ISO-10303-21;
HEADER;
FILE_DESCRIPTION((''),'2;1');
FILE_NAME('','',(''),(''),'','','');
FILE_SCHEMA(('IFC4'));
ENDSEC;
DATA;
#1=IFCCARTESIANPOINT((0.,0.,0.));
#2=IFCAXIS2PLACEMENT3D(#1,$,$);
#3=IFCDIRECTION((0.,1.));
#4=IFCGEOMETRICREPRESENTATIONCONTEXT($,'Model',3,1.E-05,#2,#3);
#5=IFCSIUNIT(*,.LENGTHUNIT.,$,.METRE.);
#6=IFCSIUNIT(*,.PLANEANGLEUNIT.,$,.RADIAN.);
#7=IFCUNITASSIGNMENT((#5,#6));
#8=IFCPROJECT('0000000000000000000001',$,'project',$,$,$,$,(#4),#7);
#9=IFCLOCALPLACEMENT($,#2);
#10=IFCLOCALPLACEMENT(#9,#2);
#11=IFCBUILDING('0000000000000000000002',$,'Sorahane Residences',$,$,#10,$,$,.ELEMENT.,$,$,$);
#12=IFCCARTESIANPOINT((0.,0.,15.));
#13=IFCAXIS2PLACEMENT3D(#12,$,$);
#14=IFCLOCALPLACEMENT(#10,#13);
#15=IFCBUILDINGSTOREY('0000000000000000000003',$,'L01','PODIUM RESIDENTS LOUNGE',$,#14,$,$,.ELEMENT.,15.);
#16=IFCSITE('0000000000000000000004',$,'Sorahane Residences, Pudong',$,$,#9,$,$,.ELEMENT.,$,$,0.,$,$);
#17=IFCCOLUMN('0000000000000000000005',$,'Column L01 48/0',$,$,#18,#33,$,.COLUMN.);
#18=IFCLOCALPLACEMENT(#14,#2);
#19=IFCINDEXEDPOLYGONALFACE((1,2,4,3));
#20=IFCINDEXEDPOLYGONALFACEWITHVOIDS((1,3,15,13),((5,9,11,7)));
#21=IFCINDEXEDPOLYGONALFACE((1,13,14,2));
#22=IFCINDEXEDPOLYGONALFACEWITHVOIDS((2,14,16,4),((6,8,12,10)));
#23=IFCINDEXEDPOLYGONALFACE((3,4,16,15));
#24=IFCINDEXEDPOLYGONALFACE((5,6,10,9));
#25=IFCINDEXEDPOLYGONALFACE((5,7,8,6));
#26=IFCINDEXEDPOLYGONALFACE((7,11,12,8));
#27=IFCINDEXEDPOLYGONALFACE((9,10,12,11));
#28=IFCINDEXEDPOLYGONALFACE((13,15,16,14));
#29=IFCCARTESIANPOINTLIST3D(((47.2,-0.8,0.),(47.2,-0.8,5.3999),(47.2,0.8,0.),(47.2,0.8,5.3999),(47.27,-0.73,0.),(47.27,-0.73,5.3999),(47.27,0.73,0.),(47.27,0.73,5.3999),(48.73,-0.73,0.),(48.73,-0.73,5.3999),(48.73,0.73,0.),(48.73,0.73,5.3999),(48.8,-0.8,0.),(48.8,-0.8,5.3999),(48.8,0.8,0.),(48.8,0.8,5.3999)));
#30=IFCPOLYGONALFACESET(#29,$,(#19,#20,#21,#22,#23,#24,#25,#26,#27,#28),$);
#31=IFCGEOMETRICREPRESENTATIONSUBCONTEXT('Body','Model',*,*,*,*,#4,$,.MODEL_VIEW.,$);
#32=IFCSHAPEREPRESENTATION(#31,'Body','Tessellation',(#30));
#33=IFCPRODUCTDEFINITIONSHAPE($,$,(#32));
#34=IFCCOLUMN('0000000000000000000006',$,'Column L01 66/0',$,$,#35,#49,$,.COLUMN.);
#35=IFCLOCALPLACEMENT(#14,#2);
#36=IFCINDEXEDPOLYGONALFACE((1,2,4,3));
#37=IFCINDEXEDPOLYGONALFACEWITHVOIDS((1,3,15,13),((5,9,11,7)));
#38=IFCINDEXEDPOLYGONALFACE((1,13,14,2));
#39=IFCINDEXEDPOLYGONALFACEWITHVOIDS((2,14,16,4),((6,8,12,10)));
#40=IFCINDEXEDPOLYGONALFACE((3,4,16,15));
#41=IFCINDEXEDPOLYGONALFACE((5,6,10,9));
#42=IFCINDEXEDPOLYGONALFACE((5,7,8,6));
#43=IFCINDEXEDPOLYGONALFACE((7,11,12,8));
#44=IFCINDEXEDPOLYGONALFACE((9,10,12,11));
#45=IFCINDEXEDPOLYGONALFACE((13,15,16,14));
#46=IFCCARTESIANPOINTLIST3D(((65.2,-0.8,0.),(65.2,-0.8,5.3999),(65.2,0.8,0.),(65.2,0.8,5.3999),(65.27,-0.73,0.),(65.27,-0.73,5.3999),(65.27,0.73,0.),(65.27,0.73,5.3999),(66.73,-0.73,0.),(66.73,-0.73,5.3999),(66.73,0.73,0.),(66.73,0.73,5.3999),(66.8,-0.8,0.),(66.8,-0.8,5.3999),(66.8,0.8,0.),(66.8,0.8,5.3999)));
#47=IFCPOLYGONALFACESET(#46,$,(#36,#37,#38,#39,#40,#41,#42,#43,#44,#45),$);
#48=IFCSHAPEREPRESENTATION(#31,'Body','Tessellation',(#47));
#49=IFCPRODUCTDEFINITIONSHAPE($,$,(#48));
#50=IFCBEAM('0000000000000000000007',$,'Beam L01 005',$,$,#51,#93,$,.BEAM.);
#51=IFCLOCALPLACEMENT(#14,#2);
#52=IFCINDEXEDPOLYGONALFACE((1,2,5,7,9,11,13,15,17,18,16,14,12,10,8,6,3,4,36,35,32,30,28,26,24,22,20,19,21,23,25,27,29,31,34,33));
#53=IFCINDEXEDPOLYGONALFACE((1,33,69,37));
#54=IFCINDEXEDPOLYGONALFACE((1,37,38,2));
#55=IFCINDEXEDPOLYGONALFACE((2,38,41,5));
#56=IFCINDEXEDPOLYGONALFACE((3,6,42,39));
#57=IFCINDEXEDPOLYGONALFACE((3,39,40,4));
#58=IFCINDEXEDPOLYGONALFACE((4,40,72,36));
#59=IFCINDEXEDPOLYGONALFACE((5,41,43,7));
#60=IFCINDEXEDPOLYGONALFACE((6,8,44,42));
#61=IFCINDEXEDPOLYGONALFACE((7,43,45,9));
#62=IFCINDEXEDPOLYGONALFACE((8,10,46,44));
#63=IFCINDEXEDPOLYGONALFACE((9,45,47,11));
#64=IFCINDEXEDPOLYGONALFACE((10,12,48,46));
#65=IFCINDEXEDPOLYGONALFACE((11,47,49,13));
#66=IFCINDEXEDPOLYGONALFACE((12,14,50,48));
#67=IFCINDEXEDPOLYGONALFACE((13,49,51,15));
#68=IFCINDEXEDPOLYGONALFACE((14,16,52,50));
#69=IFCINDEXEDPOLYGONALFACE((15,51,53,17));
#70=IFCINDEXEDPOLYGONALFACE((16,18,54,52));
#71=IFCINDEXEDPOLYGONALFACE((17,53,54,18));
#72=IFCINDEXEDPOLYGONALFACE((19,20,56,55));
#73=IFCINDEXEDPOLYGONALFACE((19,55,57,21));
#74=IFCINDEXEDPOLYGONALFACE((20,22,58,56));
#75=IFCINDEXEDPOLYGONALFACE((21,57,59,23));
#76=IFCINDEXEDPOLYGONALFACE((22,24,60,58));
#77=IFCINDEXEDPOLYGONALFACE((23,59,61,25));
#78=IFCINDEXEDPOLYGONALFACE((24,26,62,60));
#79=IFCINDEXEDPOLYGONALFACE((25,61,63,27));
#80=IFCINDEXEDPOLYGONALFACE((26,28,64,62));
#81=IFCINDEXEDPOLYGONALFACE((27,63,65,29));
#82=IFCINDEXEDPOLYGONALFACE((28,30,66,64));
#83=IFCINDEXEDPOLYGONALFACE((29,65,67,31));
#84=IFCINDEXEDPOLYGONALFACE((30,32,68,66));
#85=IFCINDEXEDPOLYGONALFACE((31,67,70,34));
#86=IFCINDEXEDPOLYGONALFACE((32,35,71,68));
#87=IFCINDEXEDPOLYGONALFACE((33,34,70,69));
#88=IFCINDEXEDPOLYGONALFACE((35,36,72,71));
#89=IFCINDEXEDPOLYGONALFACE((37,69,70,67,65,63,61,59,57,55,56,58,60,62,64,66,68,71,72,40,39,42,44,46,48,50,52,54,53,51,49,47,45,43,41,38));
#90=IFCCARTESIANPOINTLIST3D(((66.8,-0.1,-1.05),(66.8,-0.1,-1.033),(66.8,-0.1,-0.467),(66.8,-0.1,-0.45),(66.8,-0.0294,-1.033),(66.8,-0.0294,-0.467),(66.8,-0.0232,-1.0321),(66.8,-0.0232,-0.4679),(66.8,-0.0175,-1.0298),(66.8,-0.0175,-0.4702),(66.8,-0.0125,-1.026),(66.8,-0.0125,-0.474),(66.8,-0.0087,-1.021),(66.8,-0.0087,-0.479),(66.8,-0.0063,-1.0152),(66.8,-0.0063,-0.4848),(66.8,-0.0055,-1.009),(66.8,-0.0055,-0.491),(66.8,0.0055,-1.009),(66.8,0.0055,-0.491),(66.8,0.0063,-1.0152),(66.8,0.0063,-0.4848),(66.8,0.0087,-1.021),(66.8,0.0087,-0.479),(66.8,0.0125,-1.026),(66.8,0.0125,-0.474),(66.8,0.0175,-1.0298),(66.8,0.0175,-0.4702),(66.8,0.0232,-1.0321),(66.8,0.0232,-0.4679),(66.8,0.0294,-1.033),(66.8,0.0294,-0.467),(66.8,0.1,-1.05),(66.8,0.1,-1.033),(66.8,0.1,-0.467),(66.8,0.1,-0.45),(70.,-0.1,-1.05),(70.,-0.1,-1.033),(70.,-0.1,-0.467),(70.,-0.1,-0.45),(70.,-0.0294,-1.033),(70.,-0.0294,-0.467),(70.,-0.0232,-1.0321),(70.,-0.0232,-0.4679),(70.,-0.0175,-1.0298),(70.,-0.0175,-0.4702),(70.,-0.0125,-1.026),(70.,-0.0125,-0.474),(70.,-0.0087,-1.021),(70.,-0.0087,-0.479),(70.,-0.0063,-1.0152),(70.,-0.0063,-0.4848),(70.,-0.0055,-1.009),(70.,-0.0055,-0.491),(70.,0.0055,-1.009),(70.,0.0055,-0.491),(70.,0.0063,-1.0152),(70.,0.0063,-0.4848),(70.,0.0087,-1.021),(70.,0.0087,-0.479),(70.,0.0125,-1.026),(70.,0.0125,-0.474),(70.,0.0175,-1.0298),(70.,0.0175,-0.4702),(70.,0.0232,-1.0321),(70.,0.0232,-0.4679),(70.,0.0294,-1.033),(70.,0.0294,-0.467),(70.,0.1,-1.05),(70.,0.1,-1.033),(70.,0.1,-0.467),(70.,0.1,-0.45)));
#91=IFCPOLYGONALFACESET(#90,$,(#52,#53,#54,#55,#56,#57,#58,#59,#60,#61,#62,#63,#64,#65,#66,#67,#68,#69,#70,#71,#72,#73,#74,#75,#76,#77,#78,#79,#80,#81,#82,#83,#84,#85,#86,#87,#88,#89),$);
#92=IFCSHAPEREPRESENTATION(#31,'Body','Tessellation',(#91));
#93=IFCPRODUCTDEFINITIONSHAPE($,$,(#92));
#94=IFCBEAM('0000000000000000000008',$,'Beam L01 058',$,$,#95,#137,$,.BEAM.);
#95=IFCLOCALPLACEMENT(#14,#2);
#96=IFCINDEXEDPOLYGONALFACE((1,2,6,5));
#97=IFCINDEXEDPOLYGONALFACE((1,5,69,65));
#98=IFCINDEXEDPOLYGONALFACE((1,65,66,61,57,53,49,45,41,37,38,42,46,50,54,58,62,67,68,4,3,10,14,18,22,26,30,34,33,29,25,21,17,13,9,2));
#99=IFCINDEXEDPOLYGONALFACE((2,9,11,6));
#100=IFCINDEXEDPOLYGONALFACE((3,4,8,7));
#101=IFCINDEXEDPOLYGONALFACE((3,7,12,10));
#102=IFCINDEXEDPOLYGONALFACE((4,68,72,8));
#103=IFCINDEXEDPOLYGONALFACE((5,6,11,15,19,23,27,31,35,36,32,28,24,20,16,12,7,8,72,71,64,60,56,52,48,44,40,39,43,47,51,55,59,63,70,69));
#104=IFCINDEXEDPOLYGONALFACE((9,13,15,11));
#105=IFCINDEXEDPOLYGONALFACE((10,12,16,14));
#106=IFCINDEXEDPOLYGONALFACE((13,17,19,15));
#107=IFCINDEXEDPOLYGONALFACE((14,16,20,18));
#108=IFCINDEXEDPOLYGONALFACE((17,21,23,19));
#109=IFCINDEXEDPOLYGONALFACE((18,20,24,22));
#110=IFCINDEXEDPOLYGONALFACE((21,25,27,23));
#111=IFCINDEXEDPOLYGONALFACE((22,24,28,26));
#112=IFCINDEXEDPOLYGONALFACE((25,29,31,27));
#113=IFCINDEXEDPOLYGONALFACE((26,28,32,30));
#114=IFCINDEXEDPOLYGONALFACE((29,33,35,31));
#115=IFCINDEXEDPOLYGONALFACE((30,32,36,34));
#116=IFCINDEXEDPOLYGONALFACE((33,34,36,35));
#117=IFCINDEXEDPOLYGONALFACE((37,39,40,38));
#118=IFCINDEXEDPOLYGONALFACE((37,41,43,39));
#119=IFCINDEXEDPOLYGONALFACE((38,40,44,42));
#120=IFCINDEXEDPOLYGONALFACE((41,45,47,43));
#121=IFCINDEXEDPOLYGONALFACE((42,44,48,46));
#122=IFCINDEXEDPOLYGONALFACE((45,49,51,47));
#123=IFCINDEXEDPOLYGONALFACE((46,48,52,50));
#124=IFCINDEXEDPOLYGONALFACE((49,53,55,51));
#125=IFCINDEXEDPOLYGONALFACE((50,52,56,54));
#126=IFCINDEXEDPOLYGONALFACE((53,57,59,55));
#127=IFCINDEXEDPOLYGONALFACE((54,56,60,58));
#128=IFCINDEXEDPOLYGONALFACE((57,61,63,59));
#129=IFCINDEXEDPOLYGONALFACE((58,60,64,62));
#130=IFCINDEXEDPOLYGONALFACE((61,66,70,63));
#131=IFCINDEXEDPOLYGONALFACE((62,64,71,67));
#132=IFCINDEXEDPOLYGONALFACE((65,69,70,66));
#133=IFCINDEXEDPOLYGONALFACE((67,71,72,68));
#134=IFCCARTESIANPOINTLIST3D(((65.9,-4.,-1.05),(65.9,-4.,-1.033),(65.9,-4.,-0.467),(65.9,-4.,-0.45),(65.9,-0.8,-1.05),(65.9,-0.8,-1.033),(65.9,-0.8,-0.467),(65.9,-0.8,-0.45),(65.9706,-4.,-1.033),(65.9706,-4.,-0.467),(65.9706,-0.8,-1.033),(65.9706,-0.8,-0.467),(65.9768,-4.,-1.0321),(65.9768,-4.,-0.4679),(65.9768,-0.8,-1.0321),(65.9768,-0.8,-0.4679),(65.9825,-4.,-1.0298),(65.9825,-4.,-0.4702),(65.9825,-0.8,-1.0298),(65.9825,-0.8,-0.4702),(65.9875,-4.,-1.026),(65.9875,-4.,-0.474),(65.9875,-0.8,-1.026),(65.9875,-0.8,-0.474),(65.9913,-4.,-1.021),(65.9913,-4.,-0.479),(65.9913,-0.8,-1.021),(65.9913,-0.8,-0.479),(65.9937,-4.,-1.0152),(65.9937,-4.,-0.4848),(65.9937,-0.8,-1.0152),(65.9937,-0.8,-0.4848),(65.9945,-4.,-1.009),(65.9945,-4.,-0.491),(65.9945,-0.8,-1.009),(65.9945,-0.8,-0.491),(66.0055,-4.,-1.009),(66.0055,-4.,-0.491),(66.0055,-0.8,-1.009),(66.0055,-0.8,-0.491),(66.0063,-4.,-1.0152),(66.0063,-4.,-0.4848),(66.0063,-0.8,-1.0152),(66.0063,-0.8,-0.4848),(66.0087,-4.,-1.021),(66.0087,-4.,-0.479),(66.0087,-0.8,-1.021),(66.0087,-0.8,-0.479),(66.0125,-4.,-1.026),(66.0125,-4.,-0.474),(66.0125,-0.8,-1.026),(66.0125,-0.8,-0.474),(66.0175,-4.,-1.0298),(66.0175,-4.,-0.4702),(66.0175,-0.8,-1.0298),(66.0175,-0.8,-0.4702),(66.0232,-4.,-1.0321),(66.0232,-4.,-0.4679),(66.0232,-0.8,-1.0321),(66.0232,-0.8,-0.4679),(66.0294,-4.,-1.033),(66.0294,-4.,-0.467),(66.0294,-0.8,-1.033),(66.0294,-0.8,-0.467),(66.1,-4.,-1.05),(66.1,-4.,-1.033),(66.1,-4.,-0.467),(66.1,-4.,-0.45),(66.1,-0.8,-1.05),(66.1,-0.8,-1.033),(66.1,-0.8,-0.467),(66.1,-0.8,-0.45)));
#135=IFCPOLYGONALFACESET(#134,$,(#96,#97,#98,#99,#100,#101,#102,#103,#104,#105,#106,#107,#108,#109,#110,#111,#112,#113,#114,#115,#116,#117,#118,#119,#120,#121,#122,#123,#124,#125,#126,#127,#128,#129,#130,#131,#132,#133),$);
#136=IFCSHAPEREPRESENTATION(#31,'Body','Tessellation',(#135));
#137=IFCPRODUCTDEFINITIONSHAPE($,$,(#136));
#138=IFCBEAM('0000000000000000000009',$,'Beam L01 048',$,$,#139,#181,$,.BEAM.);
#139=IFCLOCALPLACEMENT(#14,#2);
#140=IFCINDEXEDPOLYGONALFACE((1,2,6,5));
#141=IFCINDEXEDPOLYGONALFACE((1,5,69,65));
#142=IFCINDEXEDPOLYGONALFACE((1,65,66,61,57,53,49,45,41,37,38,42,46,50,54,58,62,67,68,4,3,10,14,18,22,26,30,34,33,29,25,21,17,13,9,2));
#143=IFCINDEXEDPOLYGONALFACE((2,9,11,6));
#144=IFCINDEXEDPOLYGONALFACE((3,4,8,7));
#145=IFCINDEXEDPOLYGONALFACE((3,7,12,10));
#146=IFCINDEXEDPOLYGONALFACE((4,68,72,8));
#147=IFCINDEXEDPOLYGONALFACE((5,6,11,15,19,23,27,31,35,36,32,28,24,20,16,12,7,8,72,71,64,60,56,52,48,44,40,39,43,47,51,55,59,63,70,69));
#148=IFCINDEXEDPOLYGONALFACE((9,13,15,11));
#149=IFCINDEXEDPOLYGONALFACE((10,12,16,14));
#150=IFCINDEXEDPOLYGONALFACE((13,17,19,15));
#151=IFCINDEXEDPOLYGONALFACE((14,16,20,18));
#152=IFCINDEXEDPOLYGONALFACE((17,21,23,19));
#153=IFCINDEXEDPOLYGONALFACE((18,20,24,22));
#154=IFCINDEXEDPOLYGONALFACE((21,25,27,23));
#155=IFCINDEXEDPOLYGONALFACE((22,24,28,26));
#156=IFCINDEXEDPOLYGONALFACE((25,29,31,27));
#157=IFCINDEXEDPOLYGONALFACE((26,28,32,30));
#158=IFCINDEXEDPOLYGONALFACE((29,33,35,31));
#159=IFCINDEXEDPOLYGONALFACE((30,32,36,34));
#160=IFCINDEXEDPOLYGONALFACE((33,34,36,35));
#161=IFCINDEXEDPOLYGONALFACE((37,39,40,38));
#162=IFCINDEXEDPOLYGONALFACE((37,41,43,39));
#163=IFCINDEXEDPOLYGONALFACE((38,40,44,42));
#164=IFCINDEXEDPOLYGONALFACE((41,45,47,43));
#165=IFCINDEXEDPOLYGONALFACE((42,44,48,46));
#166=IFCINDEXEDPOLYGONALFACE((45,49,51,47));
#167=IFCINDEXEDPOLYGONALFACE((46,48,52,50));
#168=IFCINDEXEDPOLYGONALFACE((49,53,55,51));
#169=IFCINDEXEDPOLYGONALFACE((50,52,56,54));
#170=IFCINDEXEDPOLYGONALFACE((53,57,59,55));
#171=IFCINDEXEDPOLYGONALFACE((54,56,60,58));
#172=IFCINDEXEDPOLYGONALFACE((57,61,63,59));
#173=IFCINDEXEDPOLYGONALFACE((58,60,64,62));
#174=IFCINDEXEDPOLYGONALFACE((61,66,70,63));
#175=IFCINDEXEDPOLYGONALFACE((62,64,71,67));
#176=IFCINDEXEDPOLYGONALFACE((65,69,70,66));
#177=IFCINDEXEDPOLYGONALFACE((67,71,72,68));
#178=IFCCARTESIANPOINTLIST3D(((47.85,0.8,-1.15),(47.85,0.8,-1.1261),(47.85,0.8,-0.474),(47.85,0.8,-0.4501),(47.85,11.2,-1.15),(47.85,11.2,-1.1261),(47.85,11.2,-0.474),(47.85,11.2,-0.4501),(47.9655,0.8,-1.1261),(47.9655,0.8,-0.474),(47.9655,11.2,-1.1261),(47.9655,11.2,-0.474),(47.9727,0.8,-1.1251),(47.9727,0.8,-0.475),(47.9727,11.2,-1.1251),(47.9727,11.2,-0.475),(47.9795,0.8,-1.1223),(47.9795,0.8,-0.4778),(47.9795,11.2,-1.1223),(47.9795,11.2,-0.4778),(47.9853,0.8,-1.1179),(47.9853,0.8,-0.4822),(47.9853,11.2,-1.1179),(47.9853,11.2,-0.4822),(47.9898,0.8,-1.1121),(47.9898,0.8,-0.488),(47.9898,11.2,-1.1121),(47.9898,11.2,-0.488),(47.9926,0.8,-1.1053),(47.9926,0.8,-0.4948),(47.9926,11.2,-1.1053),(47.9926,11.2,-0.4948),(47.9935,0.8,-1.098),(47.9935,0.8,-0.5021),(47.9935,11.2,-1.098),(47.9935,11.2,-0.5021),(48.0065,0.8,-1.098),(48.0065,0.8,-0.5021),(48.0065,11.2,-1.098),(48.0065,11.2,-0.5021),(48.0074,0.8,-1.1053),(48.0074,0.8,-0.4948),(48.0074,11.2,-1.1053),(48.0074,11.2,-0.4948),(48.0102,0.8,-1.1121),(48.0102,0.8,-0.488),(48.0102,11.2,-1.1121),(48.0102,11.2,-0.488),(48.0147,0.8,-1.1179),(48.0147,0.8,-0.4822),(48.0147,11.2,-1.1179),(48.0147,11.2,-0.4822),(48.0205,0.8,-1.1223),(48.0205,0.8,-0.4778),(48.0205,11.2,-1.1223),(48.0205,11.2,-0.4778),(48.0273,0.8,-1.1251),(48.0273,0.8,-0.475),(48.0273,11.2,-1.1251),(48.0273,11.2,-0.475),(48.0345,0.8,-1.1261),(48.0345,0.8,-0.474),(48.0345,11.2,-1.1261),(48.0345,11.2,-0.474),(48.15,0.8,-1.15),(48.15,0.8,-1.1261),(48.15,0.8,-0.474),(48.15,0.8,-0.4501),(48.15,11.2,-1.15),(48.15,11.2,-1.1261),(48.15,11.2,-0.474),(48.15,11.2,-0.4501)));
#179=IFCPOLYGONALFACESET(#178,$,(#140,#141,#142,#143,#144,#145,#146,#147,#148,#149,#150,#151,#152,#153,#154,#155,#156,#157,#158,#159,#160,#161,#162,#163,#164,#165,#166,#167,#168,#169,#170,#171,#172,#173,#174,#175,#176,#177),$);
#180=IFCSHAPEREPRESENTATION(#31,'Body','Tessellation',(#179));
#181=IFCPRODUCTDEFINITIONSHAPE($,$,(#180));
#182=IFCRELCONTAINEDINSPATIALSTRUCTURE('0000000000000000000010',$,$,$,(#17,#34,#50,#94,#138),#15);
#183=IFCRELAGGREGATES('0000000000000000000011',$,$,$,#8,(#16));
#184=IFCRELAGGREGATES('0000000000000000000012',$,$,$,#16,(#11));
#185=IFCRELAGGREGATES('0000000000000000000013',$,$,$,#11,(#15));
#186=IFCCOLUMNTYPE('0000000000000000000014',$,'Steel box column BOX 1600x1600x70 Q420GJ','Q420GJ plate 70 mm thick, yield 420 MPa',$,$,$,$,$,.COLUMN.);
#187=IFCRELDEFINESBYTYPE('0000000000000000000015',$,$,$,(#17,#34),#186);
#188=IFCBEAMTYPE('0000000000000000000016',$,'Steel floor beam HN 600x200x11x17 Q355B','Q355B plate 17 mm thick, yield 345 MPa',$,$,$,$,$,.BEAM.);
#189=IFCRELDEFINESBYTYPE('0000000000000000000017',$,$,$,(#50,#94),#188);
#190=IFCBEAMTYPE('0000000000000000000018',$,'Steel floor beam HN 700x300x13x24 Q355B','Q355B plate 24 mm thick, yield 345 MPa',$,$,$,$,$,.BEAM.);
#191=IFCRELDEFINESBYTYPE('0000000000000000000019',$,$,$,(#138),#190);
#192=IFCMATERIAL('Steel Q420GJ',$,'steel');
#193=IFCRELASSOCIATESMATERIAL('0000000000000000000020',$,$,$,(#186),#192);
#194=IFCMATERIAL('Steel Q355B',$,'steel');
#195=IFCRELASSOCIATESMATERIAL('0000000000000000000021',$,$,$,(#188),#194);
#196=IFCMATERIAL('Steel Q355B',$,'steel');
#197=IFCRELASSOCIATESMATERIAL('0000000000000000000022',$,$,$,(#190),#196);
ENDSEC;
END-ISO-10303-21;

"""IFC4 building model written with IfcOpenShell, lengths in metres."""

from ifc_helpers import new_model, si_unit, direction, frame, origin, origin_2d, place, context, subcontext, project, spatial, hollow_rectangle, i_section, extrude, material, material_profile, profile_set, type_object, element, save


model = new_model("IFC4")

# Units and contexts
model_context = context("Model", 3, precision=1e-05, world=origin(), true_north=direction((0.0, 1.0)))
body_context = subcontext(model_context, "Body", "Model", "MODEL_VIEW")
ifc_project = project(units=[si_unit("LENGTHUNIT", "METRE"), si_unit("PLANEANGLEUNIT", "RADIAN")], contexts=[model_context])

# Site, building, storey
site_placement = place(None, origin())
site = spatial("IfcSite", under=ifc_project, at=site_placement, Name="Sorahane Residences, Pudong", CompositionType="ELEMENT", RefElevation=0.0)
building_placement = place(site_placement, origin())
building = spatial("IfcBuilding", under=site, at=building_placement, Name="Sorahane Residences", CompositionType="ELEMENT")
storey_placement = place(building_placement, frame((0.0, 0.0, 15.0)))
storey = spatial("IfcBuildingStorey", under=building, at=storey_placement, Name="L01", Description="PODIUM RESIDENTS LOUNGE", CompositionType="ELEMENT", Elevation=15.0)

# Columns
ifc_material_1 = material(Name="Steel Q420GJ", Category="steel")
ifc_material_profile_1 = material_profile(ifc_material_1, hollow_rectangle(XDim=1.6001, YDim=1.6001, WallThickness=0.0701, at=origin_2d()), Name="BOX 1600x1600x70")
ifc_profile_set_1 = profile_set([ifc_material_profile_1], Name="Steel Q420GJ")
column_type = type_object("IfcColumnType", Name="Steel box column BOX 1600x1600x70 Q420GJ", Description="Q420GJ plate 70 mm thick, yield 420 MPa", PredefinedType="COLUMN", material=ifc_profile_set_1)
for number, where, z_axis, x_axis, name in (
    (1, (48.0, 0.0, 0.0), (0.0, 0.0, 1.0), (1.0, 0.0, 0.0), "Column L01 48/0"),
    (2, (66.0, 0.0, 0.0), (0.0, 0.0, 1.0), (1.0, 0.0, 0.0), "Column L01 66/0"),
):
    element("IfcColumn", number, at=place(storey_placement, frame(where, z_axis=z_axis, x_axis=x_axis)), inside=storey, type_object=column_type, Name=name, PredefinedType="COLUMN", context=body_context, shape_type="SweptSolid", body=[
        extrude(hollow_rectangle(XDim=1.6001, YDim=1.6001, WallThickness=0.0701, at=origin_2d()), origin(), (0.0, 0.0, 1.0), 5.3999),
    ])

# Beams
ifc_material_2 = material(Name="Steel Q355B", Category="steel")
ifc_material_profile_2 = material_profile(ifc_material_2, i_section(OverallWidth=0.2, OverallDepth=0.6001, WebThickness=0.011, FlangeThickness=0.0171, FilletRadius=0.0239, at=origin_2d()), Name="HN 600x200x11x17")
ifc_profile_set_2 = profile_set([ifc_material_profile_2], Name="Steel Q355B")
beam_type_1 = type_object("IfcBeamType", Name="Steel floor beam HN 600x200x11x17 Q355B", Description="Q355B plate 17 mm thick, yield 345 MPa", PredefinedType="BEAM", material=ifc_profile_set_2)
for number, where, z_axis, x_axis, name in (
    (3, (66.8, 0.0, -0.75), (1.0, 0.0, 0.0), (0.0, 1.0, 0.0), "Beam L01 005"),
    (4, (66.0, -4.0, -0.75), (0.0, 1.0, 0.0), (-1.0, 0.0, 0.0), "Beam L01 058"),
):
    element("IfcBeam", number, at=place(storey_placement, frame(where, z_axis=z_axis, x_axis=x_axis)), inside=storey, type_object=beam_type_1, Name=name, PredefinedType="BEAM", context=body_context, shape_type="SweptSolid", body=[
        extrude(i_section(OverallWidth=0.2, OverallDepth=0.6001, WebThickness=0.011, FlangeThickness=0.0171, FilletRadius=0.0239, at=origin_2d()), origin(), (0.0, 0.0, 1.0), 3.2),
    ])
ifc_material_3 = material(Name="Steel Q355B", Category="steel")
ifc_material_profile_3 = material_profile(ifc_material_3, i_section(OverallWidth=0.3, OverallDepth=0.7, WebThickness=0.0129, FlangeThickness=0.0239, FilletRadius=0.0281, at=origin_2d()), Name="HN 700x300x13x24")
ifc_profile_set_3 = profile_set([ifc_material_profile_3], Name="Steel Q355B")
beam_type_2 = type_object("IfcBeamType", Name="Steel floor beam HN 700x300x13x24 Q355B", Description="Q355B plate 24 mm thick, yield 345 MPa", PredefinedType="BEAM", material=ifc_profile_set_3)
beam_1_placement = place(storey_placement, frame((48.0, 0.8, -0.8), z_axis=(0.0, 1.0, 0.0), x_axis=(-1.0, 0.0, 0.0)))
element("IfcBeam", 5, at=beam_1_placement, inside=storey, type_object=beam_type_2, Name="Beam L01 048", PredefinedType="BEAM", context=body_context, shape_type="SweptSolid", body=[
    extrude(i_section(OverallWidth=0.3, OverallDepth=0.7, WebThickness=0.0129, FlangeThickness=0.0239, FilletRadius=0.0281, at=origin_2d()), origin(), (0.0, 0.0, 1.0), 10.3999),
])

save(model, "model.ifc")
